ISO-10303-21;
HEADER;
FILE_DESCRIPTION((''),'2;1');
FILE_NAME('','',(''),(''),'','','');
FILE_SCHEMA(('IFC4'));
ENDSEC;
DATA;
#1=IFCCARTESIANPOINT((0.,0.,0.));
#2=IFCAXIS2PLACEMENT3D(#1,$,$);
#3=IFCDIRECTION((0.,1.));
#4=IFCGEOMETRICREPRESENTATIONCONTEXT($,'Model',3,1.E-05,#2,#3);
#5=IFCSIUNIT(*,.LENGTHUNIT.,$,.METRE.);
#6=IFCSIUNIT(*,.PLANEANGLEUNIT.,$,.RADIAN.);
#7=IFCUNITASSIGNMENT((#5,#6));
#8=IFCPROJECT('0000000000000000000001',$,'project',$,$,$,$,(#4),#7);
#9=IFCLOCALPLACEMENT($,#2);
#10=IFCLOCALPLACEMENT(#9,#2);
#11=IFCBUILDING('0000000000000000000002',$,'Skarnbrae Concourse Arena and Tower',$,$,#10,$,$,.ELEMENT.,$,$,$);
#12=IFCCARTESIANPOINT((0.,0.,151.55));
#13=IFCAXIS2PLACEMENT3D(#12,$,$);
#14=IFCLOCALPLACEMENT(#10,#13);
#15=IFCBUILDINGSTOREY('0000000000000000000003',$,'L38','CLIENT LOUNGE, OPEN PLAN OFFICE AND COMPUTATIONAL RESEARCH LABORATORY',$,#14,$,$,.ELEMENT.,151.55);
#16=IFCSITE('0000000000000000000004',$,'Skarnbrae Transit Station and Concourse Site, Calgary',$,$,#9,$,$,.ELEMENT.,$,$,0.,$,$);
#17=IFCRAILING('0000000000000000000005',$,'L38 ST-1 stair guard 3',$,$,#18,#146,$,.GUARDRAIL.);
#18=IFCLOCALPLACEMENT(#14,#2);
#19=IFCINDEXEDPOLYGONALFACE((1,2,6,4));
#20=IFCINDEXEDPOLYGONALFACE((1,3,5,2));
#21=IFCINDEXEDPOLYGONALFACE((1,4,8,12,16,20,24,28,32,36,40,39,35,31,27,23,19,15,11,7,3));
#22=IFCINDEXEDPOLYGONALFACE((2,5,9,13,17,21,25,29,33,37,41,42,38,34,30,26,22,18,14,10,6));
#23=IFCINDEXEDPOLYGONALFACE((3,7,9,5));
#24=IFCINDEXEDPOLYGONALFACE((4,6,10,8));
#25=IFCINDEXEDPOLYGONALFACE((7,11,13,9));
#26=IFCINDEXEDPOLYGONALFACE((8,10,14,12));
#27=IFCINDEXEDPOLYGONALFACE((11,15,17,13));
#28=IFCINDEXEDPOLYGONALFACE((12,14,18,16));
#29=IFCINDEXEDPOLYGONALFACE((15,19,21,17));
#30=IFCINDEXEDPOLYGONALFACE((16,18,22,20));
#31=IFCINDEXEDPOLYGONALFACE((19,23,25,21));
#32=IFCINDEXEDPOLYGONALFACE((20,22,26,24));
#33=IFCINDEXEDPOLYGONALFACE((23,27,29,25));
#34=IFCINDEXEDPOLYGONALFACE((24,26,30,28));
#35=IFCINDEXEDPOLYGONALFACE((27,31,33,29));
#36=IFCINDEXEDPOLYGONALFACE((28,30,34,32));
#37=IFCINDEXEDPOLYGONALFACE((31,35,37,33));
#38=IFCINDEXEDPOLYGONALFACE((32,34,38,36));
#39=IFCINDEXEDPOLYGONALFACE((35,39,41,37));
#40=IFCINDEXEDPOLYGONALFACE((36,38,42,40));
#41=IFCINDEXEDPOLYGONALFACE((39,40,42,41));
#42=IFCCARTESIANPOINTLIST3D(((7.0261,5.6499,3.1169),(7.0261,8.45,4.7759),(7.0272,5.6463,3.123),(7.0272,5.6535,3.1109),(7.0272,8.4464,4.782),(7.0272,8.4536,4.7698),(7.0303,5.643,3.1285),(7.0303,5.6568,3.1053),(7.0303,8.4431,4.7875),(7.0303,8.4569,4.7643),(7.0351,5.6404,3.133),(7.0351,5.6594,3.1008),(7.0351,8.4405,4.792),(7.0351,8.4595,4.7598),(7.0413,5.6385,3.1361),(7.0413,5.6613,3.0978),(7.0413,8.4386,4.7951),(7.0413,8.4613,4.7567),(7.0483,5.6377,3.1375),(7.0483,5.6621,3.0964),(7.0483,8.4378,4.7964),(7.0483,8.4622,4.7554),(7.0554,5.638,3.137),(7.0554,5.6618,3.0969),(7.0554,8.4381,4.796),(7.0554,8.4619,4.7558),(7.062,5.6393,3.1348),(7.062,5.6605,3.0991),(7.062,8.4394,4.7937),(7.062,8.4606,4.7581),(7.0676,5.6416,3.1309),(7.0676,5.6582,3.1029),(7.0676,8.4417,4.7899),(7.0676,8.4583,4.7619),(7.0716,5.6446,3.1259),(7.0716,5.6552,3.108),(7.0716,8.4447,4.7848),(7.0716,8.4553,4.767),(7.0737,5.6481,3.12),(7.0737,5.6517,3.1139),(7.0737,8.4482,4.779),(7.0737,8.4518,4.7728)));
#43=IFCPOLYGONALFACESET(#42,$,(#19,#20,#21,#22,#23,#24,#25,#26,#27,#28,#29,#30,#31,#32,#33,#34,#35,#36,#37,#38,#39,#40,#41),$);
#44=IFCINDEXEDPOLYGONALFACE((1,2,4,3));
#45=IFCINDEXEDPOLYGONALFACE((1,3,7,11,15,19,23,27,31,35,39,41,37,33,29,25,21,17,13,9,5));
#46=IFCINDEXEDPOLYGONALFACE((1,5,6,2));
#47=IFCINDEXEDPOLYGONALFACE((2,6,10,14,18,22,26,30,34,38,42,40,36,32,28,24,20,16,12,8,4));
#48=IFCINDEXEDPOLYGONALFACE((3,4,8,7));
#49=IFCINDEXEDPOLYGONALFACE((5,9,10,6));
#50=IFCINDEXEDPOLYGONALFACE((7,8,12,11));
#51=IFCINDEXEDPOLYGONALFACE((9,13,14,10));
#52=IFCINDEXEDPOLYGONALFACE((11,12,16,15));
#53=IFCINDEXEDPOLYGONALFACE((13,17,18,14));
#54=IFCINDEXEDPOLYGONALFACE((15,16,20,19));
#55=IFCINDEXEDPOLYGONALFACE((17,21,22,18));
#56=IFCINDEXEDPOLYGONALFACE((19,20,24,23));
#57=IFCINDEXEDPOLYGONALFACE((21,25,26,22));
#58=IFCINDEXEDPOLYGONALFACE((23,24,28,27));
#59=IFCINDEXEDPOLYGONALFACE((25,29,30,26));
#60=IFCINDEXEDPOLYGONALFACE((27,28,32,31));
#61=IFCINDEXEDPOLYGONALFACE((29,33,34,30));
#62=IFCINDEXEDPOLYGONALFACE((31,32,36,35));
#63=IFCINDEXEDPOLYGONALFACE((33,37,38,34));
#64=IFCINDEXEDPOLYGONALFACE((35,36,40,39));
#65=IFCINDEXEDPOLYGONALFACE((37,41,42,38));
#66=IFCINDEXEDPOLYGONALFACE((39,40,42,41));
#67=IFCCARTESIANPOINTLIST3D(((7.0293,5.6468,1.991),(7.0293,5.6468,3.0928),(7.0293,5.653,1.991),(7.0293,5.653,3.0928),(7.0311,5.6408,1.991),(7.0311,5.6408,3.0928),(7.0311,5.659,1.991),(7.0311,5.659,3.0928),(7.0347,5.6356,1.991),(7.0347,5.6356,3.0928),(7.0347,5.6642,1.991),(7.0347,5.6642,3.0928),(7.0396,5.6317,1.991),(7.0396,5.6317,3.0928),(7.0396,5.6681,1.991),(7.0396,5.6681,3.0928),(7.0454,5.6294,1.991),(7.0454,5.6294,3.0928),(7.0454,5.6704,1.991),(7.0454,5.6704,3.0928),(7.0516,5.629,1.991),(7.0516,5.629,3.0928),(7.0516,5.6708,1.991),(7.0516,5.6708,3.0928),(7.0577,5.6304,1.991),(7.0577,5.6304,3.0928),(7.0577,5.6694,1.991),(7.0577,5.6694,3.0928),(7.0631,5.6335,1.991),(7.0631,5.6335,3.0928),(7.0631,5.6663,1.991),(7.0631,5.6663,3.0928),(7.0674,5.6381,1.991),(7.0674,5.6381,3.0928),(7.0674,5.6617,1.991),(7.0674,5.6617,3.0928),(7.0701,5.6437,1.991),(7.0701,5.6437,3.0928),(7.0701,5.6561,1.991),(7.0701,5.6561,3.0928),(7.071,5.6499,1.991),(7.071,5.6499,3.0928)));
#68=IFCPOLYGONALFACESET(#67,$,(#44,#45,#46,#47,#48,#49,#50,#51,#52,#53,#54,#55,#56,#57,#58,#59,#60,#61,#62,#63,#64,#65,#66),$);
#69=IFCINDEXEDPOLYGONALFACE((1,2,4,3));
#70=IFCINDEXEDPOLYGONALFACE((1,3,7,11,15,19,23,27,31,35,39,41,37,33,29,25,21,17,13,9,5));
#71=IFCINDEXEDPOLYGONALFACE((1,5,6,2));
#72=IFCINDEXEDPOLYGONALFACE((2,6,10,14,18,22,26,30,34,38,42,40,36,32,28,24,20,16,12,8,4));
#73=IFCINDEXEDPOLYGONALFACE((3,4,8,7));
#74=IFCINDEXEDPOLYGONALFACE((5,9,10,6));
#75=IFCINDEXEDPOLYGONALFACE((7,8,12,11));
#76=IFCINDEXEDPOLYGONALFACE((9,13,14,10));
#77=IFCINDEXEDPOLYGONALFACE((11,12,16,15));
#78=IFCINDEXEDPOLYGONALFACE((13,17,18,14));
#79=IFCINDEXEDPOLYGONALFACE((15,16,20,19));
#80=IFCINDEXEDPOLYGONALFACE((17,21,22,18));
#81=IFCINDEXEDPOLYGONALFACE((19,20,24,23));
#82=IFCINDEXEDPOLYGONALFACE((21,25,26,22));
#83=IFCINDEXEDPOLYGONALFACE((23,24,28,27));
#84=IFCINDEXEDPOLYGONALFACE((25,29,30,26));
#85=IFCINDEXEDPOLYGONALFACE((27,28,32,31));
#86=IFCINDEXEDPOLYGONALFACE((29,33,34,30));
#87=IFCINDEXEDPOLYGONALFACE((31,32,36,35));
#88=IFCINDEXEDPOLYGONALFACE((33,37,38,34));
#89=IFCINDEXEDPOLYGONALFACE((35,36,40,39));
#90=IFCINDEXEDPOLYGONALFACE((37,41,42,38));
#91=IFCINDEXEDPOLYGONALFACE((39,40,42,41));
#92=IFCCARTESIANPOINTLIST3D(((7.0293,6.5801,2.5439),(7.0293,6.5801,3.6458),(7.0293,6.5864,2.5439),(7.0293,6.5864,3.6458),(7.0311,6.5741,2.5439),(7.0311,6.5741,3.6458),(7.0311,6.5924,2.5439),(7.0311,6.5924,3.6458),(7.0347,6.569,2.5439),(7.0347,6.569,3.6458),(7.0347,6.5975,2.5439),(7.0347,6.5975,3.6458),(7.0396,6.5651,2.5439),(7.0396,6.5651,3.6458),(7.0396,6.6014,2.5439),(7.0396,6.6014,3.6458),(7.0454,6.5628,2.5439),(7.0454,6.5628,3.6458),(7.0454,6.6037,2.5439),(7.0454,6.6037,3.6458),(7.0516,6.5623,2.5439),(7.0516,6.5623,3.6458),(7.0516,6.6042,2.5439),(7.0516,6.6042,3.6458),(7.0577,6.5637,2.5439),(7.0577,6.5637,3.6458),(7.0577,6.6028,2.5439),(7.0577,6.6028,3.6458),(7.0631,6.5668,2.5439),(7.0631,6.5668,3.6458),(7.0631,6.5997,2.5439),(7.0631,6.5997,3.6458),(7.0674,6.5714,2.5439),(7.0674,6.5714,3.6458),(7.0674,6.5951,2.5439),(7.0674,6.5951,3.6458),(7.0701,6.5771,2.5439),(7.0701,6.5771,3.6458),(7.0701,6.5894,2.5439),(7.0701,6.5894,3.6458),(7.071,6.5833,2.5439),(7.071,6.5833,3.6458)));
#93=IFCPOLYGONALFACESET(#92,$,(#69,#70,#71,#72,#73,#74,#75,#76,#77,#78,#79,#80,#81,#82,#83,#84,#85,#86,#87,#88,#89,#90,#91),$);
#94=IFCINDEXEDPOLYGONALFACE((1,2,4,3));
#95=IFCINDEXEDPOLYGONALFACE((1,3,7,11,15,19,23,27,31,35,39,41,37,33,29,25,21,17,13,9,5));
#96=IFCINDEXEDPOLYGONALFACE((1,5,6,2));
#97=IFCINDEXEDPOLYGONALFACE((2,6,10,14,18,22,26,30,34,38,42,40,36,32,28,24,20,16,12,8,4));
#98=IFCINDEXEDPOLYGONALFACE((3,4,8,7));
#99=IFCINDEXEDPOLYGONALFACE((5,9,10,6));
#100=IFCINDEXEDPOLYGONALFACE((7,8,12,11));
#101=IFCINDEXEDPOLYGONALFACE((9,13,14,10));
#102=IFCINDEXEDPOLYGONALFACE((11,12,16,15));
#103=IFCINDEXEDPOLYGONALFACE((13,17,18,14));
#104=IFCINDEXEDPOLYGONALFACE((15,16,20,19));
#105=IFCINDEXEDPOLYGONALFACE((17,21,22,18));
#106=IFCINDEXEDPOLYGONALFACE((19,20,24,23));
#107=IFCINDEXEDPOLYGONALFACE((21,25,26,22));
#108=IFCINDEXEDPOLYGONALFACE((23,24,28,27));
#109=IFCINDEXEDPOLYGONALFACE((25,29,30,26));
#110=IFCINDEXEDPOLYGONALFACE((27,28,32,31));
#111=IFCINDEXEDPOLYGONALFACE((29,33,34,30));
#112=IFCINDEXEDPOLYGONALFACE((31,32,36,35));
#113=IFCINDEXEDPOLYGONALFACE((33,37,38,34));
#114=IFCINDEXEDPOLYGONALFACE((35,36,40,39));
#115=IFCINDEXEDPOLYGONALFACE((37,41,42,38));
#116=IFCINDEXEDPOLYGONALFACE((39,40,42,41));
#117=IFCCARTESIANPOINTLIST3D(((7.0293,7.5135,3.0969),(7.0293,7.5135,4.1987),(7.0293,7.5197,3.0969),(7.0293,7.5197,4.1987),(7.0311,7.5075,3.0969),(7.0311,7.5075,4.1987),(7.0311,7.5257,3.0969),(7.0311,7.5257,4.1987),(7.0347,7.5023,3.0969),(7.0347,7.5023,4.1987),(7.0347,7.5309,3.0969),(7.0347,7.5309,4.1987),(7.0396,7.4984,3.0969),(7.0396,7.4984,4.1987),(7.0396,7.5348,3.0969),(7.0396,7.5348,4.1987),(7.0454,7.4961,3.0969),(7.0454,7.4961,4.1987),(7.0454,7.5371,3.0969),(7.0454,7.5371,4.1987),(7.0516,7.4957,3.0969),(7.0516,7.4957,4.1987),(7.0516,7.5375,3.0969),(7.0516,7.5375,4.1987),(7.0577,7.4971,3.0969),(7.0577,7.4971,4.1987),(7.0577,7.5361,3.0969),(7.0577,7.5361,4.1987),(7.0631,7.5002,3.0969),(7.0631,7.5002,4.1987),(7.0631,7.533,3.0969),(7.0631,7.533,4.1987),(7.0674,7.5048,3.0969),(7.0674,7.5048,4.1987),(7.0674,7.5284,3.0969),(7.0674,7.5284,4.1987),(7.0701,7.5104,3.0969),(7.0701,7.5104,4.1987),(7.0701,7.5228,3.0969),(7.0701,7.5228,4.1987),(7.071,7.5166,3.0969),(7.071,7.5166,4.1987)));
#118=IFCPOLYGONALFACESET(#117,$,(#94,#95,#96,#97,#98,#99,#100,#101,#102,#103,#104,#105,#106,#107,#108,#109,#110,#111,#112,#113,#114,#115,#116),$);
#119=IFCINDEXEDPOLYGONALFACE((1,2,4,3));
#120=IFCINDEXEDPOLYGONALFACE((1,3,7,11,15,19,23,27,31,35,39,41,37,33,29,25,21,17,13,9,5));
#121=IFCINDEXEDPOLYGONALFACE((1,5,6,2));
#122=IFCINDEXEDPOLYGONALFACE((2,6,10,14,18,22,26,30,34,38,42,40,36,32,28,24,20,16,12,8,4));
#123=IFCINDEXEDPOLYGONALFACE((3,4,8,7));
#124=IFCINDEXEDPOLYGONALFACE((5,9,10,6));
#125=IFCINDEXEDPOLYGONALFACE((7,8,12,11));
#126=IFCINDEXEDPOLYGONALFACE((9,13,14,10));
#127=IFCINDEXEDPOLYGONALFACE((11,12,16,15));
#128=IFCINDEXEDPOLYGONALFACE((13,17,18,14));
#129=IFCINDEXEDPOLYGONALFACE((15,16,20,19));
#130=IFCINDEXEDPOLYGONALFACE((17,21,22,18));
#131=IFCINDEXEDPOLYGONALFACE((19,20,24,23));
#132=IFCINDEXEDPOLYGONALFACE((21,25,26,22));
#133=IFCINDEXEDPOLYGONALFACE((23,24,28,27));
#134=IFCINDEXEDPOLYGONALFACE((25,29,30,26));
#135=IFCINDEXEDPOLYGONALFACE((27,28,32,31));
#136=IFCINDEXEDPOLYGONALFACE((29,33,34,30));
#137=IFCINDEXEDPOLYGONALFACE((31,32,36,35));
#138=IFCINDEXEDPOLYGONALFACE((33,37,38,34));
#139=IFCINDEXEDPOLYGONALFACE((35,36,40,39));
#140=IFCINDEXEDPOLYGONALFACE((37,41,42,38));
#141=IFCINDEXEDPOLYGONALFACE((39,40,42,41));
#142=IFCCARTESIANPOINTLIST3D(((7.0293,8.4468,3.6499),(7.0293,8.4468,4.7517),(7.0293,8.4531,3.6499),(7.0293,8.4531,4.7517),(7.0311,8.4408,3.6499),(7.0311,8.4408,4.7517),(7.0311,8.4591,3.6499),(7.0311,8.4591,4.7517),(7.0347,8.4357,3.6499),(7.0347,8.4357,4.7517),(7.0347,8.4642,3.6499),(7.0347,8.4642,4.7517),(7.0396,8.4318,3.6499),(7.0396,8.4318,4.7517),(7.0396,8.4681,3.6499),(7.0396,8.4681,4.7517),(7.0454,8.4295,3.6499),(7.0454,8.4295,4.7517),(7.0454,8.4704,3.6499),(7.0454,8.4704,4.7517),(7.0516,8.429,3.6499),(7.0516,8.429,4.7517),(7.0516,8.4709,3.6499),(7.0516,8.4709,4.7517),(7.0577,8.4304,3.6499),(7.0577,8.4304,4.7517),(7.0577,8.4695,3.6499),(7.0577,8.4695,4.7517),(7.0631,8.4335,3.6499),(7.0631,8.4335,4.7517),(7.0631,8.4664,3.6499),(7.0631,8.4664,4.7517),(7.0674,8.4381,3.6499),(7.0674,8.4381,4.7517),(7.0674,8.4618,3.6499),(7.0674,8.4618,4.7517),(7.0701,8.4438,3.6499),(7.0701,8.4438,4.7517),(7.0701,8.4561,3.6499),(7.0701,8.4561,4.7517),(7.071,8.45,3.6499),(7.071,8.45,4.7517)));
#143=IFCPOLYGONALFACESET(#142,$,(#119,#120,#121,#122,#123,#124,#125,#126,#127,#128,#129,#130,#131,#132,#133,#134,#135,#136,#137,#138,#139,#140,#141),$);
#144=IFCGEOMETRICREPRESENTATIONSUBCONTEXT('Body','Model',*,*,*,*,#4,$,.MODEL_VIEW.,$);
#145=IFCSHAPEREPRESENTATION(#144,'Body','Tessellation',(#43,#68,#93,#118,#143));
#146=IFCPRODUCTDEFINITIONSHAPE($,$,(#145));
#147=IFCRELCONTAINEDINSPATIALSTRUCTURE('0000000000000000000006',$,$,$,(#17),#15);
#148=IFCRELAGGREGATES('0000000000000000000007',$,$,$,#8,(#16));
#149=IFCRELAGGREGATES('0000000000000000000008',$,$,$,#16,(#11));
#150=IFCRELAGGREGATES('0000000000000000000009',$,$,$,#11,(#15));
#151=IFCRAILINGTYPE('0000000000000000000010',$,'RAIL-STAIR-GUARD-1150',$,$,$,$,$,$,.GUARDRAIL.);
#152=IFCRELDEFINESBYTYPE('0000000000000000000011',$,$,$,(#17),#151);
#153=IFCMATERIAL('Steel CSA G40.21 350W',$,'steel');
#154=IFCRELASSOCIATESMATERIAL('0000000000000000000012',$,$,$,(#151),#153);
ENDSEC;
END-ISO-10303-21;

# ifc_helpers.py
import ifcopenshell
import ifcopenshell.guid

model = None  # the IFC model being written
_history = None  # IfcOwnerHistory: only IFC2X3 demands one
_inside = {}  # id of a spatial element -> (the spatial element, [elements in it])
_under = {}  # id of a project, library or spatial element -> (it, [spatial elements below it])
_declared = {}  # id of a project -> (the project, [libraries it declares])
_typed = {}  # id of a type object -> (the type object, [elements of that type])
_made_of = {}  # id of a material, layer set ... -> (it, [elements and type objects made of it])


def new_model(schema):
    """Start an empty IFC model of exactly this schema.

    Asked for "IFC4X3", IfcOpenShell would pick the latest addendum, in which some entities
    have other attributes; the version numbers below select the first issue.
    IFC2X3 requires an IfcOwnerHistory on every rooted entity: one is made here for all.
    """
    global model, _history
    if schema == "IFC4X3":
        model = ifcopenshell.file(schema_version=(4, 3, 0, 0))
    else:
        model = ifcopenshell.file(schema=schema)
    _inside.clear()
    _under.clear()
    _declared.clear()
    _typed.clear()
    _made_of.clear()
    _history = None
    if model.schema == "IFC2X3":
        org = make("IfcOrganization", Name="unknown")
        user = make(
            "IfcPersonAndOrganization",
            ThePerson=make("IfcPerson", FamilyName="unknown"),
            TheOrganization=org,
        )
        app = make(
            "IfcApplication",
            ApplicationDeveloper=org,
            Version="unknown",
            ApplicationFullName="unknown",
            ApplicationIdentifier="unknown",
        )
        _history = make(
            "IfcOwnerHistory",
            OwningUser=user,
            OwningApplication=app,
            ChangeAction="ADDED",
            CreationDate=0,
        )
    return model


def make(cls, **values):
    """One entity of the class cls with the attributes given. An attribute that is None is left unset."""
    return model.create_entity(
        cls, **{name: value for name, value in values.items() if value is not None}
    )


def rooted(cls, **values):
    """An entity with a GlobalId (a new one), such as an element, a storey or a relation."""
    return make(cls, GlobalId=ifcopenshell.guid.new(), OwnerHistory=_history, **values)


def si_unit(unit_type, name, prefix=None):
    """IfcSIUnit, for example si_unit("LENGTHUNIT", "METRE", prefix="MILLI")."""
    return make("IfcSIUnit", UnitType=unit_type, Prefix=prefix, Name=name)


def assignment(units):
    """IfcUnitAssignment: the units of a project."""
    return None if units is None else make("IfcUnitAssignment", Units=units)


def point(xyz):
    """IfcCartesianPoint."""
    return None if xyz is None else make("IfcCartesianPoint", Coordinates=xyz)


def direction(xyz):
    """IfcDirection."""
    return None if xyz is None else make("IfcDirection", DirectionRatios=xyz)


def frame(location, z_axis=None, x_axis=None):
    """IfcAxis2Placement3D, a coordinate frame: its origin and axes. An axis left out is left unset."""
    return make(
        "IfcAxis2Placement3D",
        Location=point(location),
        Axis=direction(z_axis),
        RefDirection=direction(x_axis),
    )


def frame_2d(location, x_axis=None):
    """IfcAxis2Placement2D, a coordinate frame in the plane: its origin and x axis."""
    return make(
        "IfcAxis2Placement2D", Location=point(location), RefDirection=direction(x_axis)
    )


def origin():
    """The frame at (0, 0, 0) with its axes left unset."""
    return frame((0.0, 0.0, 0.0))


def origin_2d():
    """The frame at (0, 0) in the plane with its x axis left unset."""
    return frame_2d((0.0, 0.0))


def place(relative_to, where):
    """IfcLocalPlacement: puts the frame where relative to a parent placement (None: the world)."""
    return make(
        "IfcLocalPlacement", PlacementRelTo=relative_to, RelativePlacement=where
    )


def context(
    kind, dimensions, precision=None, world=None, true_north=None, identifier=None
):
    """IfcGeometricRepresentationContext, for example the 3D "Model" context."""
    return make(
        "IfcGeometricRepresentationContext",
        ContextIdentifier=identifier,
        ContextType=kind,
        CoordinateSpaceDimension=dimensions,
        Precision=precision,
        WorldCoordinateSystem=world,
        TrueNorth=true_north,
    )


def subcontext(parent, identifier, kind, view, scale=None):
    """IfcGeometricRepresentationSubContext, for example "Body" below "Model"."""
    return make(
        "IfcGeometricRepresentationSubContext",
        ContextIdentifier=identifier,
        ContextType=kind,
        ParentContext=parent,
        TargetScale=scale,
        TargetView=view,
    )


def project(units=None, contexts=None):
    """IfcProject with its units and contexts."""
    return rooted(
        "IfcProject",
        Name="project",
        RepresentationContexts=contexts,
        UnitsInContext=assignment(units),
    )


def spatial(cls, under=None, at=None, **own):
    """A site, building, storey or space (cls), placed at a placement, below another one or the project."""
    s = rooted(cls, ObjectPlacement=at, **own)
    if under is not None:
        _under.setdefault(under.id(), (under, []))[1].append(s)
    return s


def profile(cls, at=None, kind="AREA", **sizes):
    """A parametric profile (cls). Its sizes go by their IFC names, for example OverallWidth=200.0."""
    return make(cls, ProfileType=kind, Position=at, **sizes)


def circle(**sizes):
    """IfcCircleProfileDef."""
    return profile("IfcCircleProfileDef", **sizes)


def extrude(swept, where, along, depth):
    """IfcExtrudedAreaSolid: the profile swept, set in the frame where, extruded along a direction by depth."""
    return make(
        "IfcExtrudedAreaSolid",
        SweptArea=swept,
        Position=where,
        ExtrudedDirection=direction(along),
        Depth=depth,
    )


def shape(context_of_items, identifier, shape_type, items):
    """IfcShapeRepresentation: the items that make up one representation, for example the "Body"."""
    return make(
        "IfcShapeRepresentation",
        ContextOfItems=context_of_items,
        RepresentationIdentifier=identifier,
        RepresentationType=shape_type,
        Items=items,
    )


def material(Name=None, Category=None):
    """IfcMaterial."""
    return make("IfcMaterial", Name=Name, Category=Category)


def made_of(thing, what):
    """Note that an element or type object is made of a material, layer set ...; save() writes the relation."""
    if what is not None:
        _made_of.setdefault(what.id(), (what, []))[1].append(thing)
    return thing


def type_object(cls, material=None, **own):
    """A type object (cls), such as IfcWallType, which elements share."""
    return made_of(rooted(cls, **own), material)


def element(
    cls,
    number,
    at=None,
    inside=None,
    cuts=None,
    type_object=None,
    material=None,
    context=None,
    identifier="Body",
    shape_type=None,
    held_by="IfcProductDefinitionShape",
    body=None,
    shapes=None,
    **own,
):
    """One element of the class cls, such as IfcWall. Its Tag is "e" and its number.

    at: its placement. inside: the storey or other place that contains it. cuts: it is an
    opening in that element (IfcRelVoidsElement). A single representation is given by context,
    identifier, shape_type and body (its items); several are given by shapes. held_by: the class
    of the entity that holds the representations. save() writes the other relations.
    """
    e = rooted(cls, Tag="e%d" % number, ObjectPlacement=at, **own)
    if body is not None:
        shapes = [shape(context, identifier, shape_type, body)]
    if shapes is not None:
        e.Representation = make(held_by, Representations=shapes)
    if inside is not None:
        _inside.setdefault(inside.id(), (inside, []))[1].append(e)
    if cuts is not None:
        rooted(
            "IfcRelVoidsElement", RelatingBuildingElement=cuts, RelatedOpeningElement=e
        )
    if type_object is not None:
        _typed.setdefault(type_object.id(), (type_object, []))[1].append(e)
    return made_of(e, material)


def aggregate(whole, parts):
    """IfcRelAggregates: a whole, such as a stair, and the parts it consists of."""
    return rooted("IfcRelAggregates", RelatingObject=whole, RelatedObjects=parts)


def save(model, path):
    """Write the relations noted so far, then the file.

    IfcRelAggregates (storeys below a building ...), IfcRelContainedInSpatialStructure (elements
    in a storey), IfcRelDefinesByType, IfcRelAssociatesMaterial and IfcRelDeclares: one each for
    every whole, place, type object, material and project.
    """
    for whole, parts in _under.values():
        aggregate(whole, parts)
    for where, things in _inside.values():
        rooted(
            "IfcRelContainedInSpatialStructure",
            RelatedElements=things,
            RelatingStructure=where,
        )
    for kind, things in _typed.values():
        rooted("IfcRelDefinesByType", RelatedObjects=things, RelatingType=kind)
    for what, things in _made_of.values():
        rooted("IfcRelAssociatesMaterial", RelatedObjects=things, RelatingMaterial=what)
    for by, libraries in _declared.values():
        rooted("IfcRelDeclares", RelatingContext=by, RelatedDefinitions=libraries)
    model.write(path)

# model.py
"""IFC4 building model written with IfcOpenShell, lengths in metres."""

from ifc_helpers import new_model, si_unit, direction, frame, origin, origin_2d, place, context, subcontext, project, spatial, circle, extrude, material, type_object, element, save


model = new_model("IFC4")

# Units and contexts
model_context = context("Model", 3, precision=1e-05, world=origin(), true_north=direction((0.0, 1.0)))
body_context = subcontext(model_context, "Body", "Model", "MODEL_VIEW")
ifc_project = project(units=[si_unit("LENGTHUNIT", "METRE"), si_unit("PLANEANGLEUNIT", "RADIAN")], contexts=[model_context])

# Site, building, storey
site_placement = place(None, origin())
site = spatial("IfcSite", under=ifc_project, at=site_placement, Name="Skarnbrae Transit Station and Concourse Site, Calgary", CompositionType="ELEMENT", RefElevation=0.0)
building_placement = place(site_placement, origin())
building = spatial("IfcBuilding", under=site, at=building_placement, Name="Skarnbrae Concourse Arena and Tower", CompositionType="ELEMENT")
storey_placement = place(building_placement, frame((0.0, 0.0, 151.55)))
storey = spatial("IfcBuildingStorey", under=building, at=storey_placement, Name="L38", Description="CLIENT LOUNGE, OPEN PLAN OFFICE AND COMPUTATIONAL RESEARCH LABORATORY", CompositionType="ELEMENT", Elevation=151.55)

# Railing
ifc_material_1 = material(Name="Steel CSA G40.21 350W", Category="steel")
railing_type_1 = type_object("IfcRailingType", Name="RAIL-STAIR-GUARD-1150", PredefinedType="GUARDRAIL", material=ifc_material_1)
railing_1_placement = place(storey_placement, frame((7.05, 5.6499, 1.991)))
element("IfcRailing", 1, at=railing_1_placement, inside=storey, type_object=railing_type_1, Name="L38 ST-1 stair guard 3", PredefinedType="GUARDRAIL", context=body_context, shape_type="SweptSolid", body=[
    extrude(circle(Radius=0.0239, at=origin_2d()), frame((0.0, 0.0, 1.126), z_axis=(0.0, 0.860339, 0.509722), x_axis=(-1.0, 0.0, 0.0)), (0.0, 0.0, 1.0), 3.2546),
    extrude(circle(Radius=0.021, at=origin_2d()), origin(), (0.0, 0.0, 1.0), 1.1018),
    extrude(circle(Radius=0.021, at=origin_2d()), frame((0.0, 0.9333, 0.553)), (0.0, 0.0, 1.0), 1.1018),
    extrude(circle(Radius=0.021, at=origin_2d()), frame((0.0, 1.8667, 1.106)), (0.0, 0.0, 1.0), 1.1018),
    extrude(circle(Radius=0.021, at=origin_2d()), frame((0.0, 2.8, 1.6589)), (0.0, 0.0, 1.0), 1.1018),
])

save(model, "model.ifc")
